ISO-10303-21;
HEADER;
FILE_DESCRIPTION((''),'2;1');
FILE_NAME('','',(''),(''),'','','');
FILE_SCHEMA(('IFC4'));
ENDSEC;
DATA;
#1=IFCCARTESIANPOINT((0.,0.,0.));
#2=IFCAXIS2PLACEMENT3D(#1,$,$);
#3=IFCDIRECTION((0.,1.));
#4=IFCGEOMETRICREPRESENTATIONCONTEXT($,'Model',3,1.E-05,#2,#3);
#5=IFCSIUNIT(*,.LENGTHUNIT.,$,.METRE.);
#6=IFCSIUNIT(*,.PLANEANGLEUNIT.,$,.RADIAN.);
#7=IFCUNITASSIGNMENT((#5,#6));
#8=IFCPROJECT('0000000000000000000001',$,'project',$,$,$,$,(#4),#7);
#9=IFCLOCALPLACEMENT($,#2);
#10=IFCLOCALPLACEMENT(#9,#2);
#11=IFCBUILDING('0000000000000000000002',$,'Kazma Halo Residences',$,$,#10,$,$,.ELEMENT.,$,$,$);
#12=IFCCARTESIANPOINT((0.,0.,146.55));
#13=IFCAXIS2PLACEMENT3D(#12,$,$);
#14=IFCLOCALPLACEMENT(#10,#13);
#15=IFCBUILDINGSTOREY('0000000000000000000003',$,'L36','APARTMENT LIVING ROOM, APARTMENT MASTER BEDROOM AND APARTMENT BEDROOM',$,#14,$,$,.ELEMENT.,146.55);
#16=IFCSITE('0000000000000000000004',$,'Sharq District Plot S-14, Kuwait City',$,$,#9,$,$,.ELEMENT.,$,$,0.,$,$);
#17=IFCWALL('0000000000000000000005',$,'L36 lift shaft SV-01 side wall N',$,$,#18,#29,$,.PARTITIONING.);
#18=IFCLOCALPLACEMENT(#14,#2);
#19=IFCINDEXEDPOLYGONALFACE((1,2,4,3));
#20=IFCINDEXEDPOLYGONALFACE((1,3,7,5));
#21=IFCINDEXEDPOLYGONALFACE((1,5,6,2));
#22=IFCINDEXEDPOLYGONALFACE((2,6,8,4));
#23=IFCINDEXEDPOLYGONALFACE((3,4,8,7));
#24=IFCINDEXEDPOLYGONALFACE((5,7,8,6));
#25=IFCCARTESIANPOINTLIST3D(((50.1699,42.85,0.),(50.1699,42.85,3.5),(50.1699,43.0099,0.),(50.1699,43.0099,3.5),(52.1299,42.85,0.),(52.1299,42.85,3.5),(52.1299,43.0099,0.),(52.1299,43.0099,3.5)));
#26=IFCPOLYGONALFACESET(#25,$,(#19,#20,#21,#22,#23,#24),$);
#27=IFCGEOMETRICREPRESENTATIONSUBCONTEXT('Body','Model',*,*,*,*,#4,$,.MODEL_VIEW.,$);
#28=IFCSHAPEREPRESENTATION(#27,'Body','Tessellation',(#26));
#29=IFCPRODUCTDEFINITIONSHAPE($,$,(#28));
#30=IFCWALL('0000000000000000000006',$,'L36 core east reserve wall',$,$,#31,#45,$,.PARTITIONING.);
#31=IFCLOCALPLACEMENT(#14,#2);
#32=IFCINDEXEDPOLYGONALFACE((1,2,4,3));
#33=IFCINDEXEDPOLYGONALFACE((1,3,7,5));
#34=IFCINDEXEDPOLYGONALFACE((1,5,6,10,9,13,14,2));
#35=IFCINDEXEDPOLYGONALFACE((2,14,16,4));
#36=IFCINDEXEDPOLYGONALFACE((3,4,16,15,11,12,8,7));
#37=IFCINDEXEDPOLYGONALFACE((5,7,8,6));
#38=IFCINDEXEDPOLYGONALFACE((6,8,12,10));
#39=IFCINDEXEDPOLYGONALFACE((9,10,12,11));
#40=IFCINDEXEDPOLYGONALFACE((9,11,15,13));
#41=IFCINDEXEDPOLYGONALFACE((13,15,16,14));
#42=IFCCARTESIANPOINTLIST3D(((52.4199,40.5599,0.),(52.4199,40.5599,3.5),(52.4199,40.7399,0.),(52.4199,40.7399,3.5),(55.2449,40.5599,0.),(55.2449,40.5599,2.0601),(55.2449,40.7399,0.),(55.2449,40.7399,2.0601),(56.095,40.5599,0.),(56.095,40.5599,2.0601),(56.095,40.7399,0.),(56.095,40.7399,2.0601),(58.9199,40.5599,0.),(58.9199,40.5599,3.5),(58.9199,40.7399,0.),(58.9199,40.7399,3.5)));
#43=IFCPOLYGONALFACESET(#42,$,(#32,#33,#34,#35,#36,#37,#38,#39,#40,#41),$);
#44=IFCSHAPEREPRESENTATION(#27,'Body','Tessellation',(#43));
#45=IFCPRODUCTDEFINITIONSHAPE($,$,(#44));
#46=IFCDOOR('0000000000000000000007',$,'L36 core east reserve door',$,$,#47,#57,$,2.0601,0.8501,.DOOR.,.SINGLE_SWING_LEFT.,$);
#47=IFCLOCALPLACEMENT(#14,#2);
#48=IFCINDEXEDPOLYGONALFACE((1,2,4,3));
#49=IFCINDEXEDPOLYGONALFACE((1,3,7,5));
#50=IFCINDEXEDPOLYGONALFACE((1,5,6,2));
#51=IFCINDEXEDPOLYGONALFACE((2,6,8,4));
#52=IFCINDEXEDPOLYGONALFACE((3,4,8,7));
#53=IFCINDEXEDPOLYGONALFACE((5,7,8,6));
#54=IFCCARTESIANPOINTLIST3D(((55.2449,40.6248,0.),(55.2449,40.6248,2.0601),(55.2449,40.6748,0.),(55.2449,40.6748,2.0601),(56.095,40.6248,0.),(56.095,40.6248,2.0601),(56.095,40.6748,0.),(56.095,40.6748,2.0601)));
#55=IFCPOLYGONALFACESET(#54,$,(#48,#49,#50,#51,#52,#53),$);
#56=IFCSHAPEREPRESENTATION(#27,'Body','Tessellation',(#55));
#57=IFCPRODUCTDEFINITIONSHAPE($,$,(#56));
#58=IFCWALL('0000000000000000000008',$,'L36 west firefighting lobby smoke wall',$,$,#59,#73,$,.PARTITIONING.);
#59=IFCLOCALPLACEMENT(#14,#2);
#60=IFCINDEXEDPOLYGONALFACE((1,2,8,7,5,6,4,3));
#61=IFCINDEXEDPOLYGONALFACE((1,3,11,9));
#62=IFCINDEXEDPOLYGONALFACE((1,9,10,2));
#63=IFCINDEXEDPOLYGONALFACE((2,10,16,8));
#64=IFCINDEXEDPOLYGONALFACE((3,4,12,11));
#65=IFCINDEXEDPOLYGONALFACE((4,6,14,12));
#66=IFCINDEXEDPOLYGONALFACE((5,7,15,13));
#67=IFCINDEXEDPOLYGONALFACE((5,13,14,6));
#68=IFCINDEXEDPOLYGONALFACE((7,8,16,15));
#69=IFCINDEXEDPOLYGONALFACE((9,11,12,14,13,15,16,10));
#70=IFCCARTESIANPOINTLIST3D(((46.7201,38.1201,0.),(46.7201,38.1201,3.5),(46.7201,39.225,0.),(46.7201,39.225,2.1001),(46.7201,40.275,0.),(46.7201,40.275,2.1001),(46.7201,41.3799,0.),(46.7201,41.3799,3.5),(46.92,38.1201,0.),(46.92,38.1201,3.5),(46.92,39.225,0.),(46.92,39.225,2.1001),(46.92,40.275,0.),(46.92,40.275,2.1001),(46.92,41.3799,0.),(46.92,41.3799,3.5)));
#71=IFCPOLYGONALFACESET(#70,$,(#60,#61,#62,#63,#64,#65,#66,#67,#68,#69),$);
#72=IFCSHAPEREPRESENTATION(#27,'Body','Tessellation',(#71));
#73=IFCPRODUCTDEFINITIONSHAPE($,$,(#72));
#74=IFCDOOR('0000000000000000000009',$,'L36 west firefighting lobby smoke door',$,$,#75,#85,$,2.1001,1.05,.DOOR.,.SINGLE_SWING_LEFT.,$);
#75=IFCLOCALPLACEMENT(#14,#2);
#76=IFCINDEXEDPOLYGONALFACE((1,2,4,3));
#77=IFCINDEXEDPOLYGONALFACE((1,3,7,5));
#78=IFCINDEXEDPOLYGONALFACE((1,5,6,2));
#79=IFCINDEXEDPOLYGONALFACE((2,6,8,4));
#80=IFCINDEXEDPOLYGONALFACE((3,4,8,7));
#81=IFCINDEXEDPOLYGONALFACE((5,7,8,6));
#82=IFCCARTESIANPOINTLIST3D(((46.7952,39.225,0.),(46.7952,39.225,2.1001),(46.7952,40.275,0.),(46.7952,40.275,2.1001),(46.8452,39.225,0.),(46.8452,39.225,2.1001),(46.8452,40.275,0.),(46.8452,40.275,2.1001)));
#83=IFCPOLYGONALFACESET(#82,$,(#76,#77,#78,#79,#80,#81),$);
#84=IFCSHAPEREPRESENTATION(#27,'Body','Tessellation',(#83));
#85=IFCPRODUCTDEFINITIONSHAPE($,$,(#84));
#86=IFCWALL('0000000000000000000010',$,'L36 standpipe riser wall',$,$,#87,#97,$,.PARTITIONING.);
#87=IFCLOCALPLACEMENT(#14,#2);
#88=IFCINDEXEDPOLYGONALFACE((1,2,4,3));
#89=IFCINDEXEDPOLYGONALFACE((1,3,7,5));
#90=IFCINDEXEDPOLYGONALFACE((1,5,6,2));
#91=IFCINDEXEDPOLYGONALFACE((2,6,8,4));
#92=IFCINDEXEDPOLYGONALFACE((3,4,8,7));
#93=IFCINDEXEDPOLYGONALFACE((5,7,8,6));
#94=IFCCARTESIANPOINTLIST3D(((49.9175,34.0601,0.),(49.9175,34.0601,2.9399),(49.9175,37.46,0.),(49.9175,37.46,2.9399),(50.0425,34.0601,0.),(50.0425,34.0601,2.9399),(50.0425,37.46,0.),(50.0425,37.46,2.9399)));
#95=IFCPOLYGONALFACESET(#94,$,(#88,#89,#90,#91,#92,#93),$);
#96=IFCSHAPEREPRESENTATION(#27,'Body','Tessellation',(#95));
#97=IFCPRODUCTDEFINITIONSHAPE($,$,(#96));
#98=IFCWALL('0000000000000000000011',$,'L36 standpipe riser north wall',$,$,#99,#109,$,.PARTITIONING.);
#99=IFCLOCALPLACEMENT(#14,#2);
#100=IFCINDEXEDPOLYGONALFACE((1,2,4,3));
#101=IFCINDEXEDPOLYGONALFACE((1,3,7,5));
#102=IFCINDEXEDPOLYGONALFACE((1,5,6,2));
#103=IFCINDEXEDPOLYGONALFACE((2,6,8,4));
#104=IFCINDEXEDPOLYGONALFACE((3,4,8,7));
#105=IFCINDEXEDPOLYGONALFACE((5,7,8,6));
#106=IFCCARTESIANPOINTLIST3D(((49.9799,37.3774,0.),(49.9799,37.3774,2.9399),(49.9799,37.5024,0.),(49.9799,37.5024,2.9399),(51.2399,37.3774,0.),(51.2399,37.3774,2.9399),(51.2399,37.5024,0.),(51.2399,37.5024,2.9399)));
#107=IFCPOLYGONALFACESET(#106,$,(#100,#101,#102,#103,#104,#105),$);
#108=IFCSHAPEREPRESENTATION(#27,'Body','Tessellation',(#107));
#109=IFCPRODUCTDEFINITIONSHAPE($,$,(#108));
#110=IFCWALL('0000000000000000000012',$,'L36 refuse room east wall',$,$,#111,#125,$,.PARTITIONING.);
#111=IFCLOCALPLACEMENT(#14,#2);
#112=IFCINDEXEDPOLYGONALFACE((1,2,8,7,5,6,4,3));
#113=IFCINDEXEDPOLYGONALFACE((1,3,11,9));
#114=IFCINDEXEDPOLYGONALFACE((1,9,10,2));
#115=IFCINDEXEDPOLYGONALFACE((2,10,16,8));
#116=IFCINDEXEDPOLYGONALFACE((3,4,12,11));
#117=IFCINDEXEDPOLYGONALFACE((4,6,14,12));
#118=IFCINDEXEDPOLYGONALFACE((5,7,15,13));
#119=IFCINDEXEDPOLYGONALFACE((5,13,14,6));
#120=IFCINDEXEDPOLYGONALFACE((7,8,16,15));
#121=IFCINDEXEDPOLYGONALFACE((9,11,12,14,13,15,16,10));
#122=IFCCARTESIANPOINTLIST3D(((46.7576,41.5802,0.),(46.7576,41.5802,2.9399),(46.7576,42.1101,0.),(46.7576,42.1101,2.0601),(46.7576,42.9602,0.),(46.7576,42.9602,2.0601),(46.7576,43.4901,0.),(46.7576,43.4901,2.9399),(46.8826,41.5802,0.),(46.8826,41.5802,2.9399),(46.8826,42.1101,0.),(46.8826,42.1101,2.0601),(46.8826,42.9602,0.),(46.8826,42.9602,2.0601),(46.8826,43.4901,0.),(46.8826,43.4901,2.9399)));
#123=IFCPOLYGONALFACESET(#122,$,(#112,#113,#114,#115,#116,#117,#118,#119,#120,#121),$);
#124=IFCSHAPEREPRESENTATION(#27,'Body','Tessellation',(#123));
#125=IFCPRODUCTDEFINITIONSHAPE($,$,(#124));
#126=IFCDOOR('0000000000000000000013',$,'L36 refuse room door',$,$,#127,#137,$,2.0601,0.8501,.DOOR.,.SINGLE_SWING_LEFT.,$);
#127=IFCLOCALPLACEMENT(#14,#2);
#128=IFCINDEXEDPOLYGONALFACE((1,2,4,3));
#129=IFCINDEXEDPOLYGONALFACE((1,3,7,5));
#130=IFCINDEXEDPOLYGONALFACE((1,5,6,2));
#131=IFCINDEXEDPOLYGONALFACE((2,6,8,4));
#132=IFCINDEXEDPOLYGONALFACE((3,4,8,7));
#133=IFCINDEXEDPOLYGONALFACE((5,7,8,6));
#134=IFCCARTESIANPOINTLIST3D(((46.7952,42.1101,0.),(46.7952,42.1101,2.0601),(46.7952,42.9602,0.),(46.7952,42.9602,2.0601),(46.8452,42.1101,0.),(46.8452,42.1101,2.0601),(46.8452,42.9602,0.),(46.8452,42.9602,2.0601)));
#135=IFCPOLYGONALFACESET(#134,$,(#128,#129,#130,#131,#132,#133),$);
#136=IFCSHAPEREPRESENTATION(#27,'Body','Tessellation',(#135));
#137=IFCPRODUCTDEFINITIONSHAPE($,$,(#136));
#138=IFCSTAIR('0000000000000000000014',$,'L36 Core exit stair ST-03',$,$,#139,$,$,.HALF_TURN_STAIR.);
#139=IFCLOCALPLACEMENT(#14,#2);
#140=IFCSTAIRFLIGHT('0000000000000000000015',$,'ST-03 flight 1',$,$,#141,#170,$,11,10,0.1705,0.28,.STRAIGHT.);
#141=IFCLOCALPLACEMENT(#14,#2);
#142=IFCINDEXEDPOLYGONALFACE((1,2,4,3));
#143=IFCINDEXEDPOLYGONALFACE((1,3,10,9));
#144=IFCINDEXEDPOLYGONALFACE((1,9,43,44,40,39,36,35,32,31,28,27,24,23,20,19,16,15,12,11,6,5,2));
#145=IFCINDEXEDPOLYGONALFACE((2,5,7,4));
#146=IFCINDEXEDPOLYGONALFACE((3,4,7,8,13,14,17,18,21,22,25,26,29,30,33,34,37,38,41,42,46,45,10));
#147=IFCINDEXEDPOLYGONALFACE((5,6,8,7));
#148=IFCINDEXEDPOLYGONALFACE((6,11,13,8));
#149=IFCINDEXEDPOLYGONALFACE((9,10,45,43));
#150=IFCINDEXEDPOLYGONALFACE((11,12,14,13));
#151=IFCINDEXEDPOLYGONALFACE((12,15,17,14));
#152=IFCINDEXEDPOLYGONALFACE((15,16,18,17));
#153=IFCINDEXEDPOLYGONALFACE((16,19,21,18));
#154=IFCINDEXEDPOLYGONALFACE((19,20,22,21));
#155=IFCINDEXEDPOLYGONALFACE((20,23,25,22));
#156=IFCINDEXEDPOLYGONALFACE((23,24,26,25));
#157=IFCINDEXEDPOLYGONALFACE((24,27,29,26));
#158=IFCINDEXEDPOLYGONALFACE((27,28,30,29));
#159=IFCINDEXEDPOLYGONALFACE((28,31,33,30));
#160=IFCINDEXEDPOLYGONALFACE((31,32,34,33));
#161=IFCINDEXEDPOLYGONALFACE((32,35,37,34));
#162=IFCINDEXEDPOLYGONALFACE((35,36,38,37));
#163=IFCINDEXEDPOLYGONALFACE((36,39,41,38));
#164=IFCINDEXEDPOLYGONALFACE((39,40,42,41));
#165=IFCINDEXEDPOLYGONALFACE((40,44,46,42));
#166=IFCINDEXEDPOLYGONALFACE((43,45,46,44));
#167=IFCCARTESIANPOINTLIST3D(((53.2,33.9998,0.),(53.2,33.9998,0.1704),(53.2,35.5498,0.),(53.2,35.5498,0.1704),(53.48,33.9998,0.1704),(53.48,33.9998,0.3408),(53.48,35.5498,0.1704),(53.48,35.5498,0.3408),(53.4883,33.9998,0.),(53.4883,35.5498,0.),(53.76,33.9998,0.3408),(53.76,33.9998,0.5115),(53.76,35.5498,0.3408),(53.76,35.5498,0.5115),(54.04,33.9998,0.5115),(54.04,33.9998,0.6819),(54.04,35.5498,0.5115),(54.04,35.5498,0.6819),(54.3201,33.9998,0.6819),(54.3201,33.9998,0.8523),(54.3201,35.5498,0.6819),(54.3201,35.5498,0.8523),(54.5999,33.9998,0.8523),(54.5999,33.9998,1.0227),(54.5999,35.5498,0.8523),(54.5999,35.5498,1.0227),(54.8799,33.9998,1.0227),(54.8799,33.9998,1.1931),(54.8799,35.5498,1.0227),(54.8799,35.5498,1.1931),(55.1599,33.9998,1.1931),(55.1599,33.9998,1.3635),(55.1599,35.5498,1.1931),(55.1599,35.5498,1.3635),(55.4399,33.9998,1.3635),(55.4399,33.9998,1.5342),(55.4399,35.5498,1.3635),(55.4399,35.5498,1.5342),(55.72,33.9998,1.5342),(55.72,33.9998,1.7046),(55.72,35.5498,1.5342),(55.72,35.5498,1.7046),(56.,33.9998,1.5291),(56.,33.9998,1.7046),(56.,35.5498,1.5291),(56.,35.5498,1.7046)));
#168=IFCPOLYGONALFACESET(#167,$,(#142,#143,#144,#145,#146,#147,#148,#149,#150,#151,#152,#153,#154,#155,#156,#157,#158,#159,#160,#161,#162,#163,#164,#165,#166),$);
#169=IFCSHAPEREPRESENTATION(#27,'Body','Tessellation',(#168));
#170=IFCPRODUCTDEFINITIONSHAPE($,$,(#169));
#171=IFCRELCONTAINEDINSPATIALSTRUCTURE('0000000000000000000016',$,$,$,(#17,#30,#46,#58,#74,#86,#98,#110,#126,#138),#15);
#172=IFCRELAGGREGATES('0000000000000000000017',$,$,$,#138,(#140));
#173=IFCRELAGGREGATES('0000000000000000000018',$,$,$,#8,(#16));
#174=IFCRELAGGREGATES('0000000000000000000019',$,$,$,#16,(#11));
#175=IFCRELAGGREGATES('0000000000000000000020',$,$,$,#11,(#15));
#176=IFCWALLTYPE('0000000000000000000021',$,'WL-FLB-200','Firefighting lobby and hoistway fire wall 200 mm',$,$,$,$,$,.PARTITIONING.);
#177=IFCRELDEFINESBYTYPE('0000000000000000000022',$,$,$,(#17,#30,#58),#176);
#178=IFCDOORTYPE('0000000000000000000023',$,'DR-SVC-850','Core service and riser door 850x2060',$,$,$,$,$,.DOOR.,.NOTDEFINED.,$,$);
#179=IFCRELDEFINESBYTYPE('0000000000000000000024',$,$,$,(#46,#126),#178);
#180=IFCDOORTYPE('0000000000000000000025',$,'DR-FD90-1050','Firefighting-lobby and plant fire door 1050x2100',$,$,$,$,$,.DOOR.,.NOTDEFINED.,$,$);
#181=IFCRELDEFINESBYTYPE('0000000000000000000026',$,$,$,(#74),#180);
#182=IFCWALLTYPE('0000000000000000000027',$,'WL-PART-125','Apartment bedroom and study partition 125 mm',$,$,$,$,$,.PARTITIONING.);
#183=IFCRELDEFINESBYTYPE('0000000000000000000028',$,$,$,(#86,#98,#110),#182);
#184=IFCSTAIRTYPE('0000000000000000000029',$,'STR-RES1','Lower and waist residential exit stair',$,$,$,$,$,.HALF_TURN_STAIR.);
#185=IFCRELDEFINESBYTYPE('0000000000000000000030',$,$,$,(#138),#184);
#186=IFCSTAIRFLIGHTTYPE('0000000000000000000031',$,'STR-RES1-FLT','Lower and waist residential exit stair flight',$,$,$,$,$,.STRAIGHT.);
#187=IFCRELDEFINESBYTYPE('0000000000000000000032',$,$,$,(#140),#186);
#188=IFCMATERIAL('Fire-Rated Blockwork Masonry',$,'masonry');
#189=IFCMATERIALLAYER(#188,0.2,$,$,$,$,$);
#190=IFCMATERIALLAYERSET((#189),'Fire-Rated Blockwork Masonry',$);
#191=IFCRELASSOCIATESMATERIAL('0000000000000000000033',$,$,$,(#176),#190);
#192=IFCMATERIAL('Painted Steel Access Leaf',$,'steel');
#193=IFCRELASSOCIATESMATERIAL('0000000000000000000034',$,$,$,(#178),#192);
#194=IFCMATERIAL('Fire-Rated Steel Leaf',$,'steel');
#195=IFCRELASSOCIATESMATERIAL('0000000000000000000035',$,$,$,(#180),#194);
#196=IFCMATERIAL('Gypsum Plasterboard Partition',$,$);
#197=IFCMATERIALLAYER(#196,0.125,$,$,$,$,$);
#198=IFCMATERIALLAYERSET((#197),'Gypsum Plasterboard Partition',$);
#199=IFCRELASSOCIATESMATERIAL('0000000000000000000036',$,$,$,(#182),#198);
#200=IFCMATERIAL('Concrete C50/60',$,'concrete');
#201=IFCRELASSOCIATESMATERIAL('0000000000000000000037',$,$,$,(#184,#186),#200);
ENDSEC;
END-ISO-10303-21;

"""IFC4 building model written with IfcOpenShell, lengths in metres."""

from ifc_helpers import new_model, si_unit, direction, frame, frame_2d, origin, place, context, subcontext, project, spatial, polyline, rectangle, outline, extrude, material, layer, layer_set, type_object, element, fill, aggregate, save


model = new_model("IFC4")

# Units and contexts
model_context = context("Model", 3, precision=1e-05, world=origin(), true_north=direction((0.0, 1.0)))
body_context = subcontext(model_context, "Body", "Model", "MODEL_VIEW")
ifc_project = project(units=[si_unit("LENGTHUNIT", "METRE"), si_unit("PLANEANGLEUNIT", "RADIAN")], contexts=[model_context])

# Site, building, storey
site_placement = place(None, origin())
site = spatial("IfcSite", under=ifc_project, at=site_placement, Name="Sharq District Plot S-14, Kuwait City", CompositionType="ELEMENT", RefElevation=0.0)
building_placement = place(site_placement, origin())
building = spatial("IfcBuilding", under=site, at=building_placement, Name="Kazma Halo Residences", CompositionType="ELEMENT")
storey_placement = place(building_placement, frame((0.0, 0.0, 146.55)))
storey = spatial("IfcBuildingStorey", under=building, at=storey_placement, Name="L36", Description="APARTMENT LIVING ROOM, APARTMENT MASTER BEDROOM AND APARTMENT BEDROOM", CompositionType="ELEMENT", Elevation=146.55)

# Shared definitions
ifc_material_1 = material(Name="Fire-Rated Blockwork Masonry", Category="masonry")
ifc_layer_1 = layer(ifc_material_1, 0.2)
ifc_layer_set_1 = layer_set([ifc_layer_1], Name="Fire-Rated Blockwork Masonry")
wall_type_1 = type_object("IfcWallType", Name="WL-FLB-200", Description="Firefighting lobby and hoistway fire wall 200 mm", PredefinedType="PARTITIONING", material=ifc_layer_set_1)

# Wall
wall_1_placement = place(storey_placement, frame((50.1699, 42.9299, 0.0), z_axis=(0.0, 0.0, 1.0), x_axis=(1.0, 0.0, 0.0)))
element("IfcWall", 1, at=wall_1_placement, inside=storey, type_object=wall_type_1, Name="L36 lift shaft SV-01 side wall N", PredefinedType="PARTITIONING", context=body_context, shape_type="SweptSolid", body=[
    extrude(rectangle(XDim=1.96, YDim=0.1599, at=frame_2d((0.98, 0.0))), origin(), (0.0, 0.0, 1.0), 3.5),
])

# Walls, openings, doors
wall_2_placement = place(storey_placement, frame((52.4199, 40.6499, 0.0), z_axis=(0.0, 0.0, 1.0), x_axis=(1.0, 0.0, 0.0)))
wall_2 = element("IfcWall", 2, at=wall_2_placement, inside=storey, type_object=wall_type_1, Name="L36 core east reserve wall", PredefinedType="PARTITIONING", context=body_context, shape_type="SweptSolid", body=[
    extrude(rectangle(XDim=6.5, YDim=0.1799, at=frame_2d((3.25, 0.0))), origin(), (0.0, 0.0, 1.0), 3.5),
])
opening_1_placement = place(wall_2_placement, frame((2.825, 0.0, 0.0)))
opening_1 = element("IfcOpeningElement", 3, at=opening_1_placement, cuts=wall_2, PredefinedType="OPENING", context=body_context, shape_type="SweptSolid", body=[
    extrude(rectangle(XDim=0.8501, YDim=2.0601, at=frame_2d((0.425, 1.03))), frame((0.0, 0.0999, 0.0), z_axis=(0.0, -1.0, 0.0), x_axis=(1.0, 0.0, 0.0)), (0.0, 0.0, 1.0), 0.2),
])
ifc_material_2 = material(Name="Painted Steel Access Leaf", Category="steel")
door_type_1 = type_object("IfcDoorType", Name="DR-SVC-850", Description="Core service and riser door 850x2060", OperationType="NOTDEFINED", PredefinedType="DOOR", material=ifc_material_2)
door_1_placement = place(opening_1_placement, origin())
door_1 = element("IfcDoor", 4, at=door_1_placement, inside=storey, type_object=door_type_1, Name="L36 core east reserve door", OperationType="SINGLE_SWING_LEFT", OverallHeight=2.0601, OverallWidth=0.8501, PredefinedType="DOOR", context=body_context, shape_type="SweptSolid", body=[
    extrude(rectangle(XDim=0.8501, YDim=2.0601, at=frame_2d((0.425, 1.03))), frame((0.0, 0.0249, 0.0), z_axis=(0.0, -1.0, 0.0), x_axis=(1.0, 0.0, 0.0)), (0.0, 0.0, 1.0), 0.05),
])
fill(opening_1, door_1)
wall_3_placement = place(storey_placement, frame((46.8201, 38.1201, 0.0), z_axis=(0.0, 0.0, 1.0), x_axis=(0.0, 1.0, 0.0)))
wall_3 = element("IfcWall", 5, at=wall_3_placement, inside=storey, type_object=wall_type_1, Name="L36 west firefighting lobby smoke wall", PredefinedType="PARTITIONING", context=body_context, shape_type="SweptSolid", body=[
    extrude(rectangle(XDim=3.2598, YDim=0.2, at=frame_2d((1.6299, 0.0))), origin(), (0.0, 0.0, 1.0), 3.5),
])
opening_2_placement = place(wall_3_placement, frame((1.105, 0.0, 0.0)))
opening_2 = element("IfcOpeningElement", 6, at=opening_2_placement, cuts=wall_3, PredefinedType="OPENING", context=body_context, shape_type="SweptSolid", body=[
    extrude(rectangle(XDim=1.05, YDim=2.1001, at=frame_2d((0.5249, 1.05))), frame((0.0, 0.1099, 0.0), z_axis=(0.0, -1.0, 0.0), x_axis=(1.0, 0.0, 0.0)), (0.0, 0.0, 1.0), 0.22),
])
ifc_material_3 = material(Name="Fire-Rated Steel Leaf", Category="steel")
door_type_2 = type_object("IfcDoorType", Name="DR-FD90-1050", Description="Firefighting-lobby and plant fire door 1050x2100", OperationType="NOTDEFINED", PredefinedType="DOOR", material=ifc_material_3)
door_2_placement = place(opening_2_placement, origin())
door_2 = element("IfcDoor", 7, at=door_2_placement, inside=storey, type_object=door_type_2, Name="L36 west firefighting lobby smoke door", OperationType="SINGLE_SWING_LEFT", OverallHeight=2.1001, OverallWidth=1.05, PredefinedType="DOOR", context=body_context, shape_type="SweptSolid", body=[
    extrude(rectangle(XDim=1.05, YDim=2.1001, at=frame_2d((0.5249, 1.05))), frame((0.0, 0.0249, 0.0), z_axis=(0.0, -1.0, 0.0), x_axis=(1.0, 0.0, 0.0)), (0.0, 0.0, 1.0), 0.05),
])
fill(opening_2, door_2)

# Walls
ifc_material_4 = material(Name="Gypsum Plasterboard Partition")
ifc_layer_2 = layer(ifc_material_4, 0.125)
ifc_layer_set_2 = layer_set([ifc_layer_2], Name="Gypsum Plasterboard Partition")
wall_type_2 = type_object("IfcWallType", Name="WL-PART-125", Description="Apartment bedroom and study partition 125 mm", PredefinedType="PARTITIONING", material=ifc_layer_set_2)
wall_4_placement = place(storey_placement, frame((49.98, 34.0601, 0.0), z_axis=(0.0, 0.0, 1.0), x_axis=(0.0, 1.0, 0.0)))
element("IfcWall", 8, at=wall_4_placement, inside=storey, type_object=wall_type_2, Name="L36 standpipe riser wall", PredefinedType="PARTITIONING", context=body_context, shape_type="SweptSolid", body=[
    extrude(rectangle(XDim=3.3999, YDim=0.125, at=frame_2d((1.7, 0.0))), origin(), (0.0, 0.0, 1.0), 2.9399),
])
wall_5_placement = place(storey_placement, frame((49.98, 37.4399, 0.0), z_axis=(0.0, 0.0, 1.0), x_axis=(1.0, 0.0, 0.0)))
element("IfcWall", 9, at=wall_5_placement, inside=storey, type_object=wall_type_2, Name="L36 standpipe riser north wall", PredefinedType="PARTITIONING", context=body_context, shape_type="SweptSolid", body=[
    extrude(rectangle(XDim=1.26, YDim=0.125, at=frame_2d((0.6299, 0.0))), origin(), (0.0, 0.0, 1.0), 2.9399),
])

# Wall, opening, door
wall_6_placement = place(storey_placement, frame((46.8201, 41.5801, 0.0), z_axis=(0.0, 0.0, 1.0), x_axis=(0.0, 1.0, 0.0)))
wall_6 = element("IfcWall", 10, at=wall_6_placement, inside=storey, type_object=wall_type_2, Name="L36 refuse room east wall", PredefinedType="PARTITIONING", context=body_context, shape_type="SweptSolid", body=[
    extrude(rectangle(XDim=1.9099, YDim=0.125, at=frame_2d((0.9551, 0.0))), origin(), (0.0, 0.0, 1.0), 2.9399),
])
opening_3_placement = place(wall_6_placement, frame((0.53, 0.0, 0.0)))
opening_3 = element("IfcOpeningElement", 11, at=opening_3_placement, cuts=wall_6, PredefinedType="OPENING", context=body_context, shape_type="SweptSolid", body=[
    extrude(rectangle(XDim=0.8501, YDim=2.0601, at=frame_2d((0.425, 1.03))), frame((0.0, 0.0725, 0.0), z_axis=(0.0, -1.0, 0.0), x_axis=(1.0, 0.0, 0.0)), (0.0, 0.0, 1.0), 0.145),
])
door_3_placement = place(opening_3_placement, origin())
door_3 = element("IfcDoor", 12, at=door_3_placement, inside=storey, type_object=door_type_1, Name="L36 refuse room door", OperationType="SINGLE_SWING_LEFT", OverallHeight=2.0601, OverallWidth=0.8501, PredefinedType="DOOR", context=body_context, shape_type="SweptSolid", body=[
    extrude(rectangle(XDim=0.8501, YDim=2.0601, at=frame_2d((0.425, 1.03))), frame((0.0, 0.0249, 0.0), z_axis=(0.0, -1.0, 0.0), x_axis=(1.0, 0.0, 0.0)), (0.0, 0.0, 1.0), 0.05),
])
fill(opening_3, door_3)
ifc_material_5 = material(Name="Concrete C50/60", Category="concrete")

# Stair, stair flight
stair_type = type_object("IfcStairType", Name="STR-RES1", Description="Lower and waist residential exit stair", PredefinedType="HALF_TURN_STAIR", material=ifc_material_5)
stair_placement = place(storey_placement, origin())
stair = element("IfcStair", 13, at=stair_placement, inside=storey, type_object=stair_type, Name="L36 Core exit stair ST-03", PredefinedType="HALF_TURN_STAIR")
stair_flight_type = type_object("IfcStairFlightType", Name="STR-RES1-FLT", Description="Lower and waist residential exit stair flight", PredefinedType="STRAIGHT", material=ifc_material_5)
stair_flight_1_placement = place(storey_placement, frame((53.2, 34.7749, 0.0), z_axis=(0.0, 0.0, 1.0), x_axis=(1.0, 0.0, 0.0)))
stair_flight_1 = element("IfcStairFlight", 14, at=stair_flight_1_placement, type_object=stair_flight_type, Name="ST-03 flight 1", NumberOfRisers=11, NumberOfTreads=10, PredefinedType="STRAIGHT", RiserHeight=0.1705, TreadLength=0.28, context=body_context, shape_type="SweptSolid", body=[
    extrude(outline(polyline([(0.0, 0.0), (0.0, 0.1704), (0.28, 0.1704), (0.28, 0.3408), (0.5601, 0.3408), (0.5601, 0.5115), (0.8401, 0.5115), (0.8401, 0.6819), (1.1201, 0.6819), (1.1201, 0.8523), (1.3999, 0.8523), (1.3999, 1.0227), (1.6799, 1.0227), (1.6799, 1.1931), (1.96, 1.1931), (1.96, 1.3635), (2.24, 1.3635), (2.24, 1.5342), (2.52, 1.5342), (2.52, 1.7046), (2.8, 1.7046), (2.8, 1.875), (2.8, 1.5291), (0.2883, 0.0), (0.0, 0.0)])), frame((0.0, 0.7749, 0.0), z_axis=(0.0, -1.0, 0.0), x_axis=(1.0, 0.0, 0.0)), (0.0, 0.0, 1.0), 1.55),
])
aggregate(stair, [stair_flight_1])

save(model, "model.ifc")
